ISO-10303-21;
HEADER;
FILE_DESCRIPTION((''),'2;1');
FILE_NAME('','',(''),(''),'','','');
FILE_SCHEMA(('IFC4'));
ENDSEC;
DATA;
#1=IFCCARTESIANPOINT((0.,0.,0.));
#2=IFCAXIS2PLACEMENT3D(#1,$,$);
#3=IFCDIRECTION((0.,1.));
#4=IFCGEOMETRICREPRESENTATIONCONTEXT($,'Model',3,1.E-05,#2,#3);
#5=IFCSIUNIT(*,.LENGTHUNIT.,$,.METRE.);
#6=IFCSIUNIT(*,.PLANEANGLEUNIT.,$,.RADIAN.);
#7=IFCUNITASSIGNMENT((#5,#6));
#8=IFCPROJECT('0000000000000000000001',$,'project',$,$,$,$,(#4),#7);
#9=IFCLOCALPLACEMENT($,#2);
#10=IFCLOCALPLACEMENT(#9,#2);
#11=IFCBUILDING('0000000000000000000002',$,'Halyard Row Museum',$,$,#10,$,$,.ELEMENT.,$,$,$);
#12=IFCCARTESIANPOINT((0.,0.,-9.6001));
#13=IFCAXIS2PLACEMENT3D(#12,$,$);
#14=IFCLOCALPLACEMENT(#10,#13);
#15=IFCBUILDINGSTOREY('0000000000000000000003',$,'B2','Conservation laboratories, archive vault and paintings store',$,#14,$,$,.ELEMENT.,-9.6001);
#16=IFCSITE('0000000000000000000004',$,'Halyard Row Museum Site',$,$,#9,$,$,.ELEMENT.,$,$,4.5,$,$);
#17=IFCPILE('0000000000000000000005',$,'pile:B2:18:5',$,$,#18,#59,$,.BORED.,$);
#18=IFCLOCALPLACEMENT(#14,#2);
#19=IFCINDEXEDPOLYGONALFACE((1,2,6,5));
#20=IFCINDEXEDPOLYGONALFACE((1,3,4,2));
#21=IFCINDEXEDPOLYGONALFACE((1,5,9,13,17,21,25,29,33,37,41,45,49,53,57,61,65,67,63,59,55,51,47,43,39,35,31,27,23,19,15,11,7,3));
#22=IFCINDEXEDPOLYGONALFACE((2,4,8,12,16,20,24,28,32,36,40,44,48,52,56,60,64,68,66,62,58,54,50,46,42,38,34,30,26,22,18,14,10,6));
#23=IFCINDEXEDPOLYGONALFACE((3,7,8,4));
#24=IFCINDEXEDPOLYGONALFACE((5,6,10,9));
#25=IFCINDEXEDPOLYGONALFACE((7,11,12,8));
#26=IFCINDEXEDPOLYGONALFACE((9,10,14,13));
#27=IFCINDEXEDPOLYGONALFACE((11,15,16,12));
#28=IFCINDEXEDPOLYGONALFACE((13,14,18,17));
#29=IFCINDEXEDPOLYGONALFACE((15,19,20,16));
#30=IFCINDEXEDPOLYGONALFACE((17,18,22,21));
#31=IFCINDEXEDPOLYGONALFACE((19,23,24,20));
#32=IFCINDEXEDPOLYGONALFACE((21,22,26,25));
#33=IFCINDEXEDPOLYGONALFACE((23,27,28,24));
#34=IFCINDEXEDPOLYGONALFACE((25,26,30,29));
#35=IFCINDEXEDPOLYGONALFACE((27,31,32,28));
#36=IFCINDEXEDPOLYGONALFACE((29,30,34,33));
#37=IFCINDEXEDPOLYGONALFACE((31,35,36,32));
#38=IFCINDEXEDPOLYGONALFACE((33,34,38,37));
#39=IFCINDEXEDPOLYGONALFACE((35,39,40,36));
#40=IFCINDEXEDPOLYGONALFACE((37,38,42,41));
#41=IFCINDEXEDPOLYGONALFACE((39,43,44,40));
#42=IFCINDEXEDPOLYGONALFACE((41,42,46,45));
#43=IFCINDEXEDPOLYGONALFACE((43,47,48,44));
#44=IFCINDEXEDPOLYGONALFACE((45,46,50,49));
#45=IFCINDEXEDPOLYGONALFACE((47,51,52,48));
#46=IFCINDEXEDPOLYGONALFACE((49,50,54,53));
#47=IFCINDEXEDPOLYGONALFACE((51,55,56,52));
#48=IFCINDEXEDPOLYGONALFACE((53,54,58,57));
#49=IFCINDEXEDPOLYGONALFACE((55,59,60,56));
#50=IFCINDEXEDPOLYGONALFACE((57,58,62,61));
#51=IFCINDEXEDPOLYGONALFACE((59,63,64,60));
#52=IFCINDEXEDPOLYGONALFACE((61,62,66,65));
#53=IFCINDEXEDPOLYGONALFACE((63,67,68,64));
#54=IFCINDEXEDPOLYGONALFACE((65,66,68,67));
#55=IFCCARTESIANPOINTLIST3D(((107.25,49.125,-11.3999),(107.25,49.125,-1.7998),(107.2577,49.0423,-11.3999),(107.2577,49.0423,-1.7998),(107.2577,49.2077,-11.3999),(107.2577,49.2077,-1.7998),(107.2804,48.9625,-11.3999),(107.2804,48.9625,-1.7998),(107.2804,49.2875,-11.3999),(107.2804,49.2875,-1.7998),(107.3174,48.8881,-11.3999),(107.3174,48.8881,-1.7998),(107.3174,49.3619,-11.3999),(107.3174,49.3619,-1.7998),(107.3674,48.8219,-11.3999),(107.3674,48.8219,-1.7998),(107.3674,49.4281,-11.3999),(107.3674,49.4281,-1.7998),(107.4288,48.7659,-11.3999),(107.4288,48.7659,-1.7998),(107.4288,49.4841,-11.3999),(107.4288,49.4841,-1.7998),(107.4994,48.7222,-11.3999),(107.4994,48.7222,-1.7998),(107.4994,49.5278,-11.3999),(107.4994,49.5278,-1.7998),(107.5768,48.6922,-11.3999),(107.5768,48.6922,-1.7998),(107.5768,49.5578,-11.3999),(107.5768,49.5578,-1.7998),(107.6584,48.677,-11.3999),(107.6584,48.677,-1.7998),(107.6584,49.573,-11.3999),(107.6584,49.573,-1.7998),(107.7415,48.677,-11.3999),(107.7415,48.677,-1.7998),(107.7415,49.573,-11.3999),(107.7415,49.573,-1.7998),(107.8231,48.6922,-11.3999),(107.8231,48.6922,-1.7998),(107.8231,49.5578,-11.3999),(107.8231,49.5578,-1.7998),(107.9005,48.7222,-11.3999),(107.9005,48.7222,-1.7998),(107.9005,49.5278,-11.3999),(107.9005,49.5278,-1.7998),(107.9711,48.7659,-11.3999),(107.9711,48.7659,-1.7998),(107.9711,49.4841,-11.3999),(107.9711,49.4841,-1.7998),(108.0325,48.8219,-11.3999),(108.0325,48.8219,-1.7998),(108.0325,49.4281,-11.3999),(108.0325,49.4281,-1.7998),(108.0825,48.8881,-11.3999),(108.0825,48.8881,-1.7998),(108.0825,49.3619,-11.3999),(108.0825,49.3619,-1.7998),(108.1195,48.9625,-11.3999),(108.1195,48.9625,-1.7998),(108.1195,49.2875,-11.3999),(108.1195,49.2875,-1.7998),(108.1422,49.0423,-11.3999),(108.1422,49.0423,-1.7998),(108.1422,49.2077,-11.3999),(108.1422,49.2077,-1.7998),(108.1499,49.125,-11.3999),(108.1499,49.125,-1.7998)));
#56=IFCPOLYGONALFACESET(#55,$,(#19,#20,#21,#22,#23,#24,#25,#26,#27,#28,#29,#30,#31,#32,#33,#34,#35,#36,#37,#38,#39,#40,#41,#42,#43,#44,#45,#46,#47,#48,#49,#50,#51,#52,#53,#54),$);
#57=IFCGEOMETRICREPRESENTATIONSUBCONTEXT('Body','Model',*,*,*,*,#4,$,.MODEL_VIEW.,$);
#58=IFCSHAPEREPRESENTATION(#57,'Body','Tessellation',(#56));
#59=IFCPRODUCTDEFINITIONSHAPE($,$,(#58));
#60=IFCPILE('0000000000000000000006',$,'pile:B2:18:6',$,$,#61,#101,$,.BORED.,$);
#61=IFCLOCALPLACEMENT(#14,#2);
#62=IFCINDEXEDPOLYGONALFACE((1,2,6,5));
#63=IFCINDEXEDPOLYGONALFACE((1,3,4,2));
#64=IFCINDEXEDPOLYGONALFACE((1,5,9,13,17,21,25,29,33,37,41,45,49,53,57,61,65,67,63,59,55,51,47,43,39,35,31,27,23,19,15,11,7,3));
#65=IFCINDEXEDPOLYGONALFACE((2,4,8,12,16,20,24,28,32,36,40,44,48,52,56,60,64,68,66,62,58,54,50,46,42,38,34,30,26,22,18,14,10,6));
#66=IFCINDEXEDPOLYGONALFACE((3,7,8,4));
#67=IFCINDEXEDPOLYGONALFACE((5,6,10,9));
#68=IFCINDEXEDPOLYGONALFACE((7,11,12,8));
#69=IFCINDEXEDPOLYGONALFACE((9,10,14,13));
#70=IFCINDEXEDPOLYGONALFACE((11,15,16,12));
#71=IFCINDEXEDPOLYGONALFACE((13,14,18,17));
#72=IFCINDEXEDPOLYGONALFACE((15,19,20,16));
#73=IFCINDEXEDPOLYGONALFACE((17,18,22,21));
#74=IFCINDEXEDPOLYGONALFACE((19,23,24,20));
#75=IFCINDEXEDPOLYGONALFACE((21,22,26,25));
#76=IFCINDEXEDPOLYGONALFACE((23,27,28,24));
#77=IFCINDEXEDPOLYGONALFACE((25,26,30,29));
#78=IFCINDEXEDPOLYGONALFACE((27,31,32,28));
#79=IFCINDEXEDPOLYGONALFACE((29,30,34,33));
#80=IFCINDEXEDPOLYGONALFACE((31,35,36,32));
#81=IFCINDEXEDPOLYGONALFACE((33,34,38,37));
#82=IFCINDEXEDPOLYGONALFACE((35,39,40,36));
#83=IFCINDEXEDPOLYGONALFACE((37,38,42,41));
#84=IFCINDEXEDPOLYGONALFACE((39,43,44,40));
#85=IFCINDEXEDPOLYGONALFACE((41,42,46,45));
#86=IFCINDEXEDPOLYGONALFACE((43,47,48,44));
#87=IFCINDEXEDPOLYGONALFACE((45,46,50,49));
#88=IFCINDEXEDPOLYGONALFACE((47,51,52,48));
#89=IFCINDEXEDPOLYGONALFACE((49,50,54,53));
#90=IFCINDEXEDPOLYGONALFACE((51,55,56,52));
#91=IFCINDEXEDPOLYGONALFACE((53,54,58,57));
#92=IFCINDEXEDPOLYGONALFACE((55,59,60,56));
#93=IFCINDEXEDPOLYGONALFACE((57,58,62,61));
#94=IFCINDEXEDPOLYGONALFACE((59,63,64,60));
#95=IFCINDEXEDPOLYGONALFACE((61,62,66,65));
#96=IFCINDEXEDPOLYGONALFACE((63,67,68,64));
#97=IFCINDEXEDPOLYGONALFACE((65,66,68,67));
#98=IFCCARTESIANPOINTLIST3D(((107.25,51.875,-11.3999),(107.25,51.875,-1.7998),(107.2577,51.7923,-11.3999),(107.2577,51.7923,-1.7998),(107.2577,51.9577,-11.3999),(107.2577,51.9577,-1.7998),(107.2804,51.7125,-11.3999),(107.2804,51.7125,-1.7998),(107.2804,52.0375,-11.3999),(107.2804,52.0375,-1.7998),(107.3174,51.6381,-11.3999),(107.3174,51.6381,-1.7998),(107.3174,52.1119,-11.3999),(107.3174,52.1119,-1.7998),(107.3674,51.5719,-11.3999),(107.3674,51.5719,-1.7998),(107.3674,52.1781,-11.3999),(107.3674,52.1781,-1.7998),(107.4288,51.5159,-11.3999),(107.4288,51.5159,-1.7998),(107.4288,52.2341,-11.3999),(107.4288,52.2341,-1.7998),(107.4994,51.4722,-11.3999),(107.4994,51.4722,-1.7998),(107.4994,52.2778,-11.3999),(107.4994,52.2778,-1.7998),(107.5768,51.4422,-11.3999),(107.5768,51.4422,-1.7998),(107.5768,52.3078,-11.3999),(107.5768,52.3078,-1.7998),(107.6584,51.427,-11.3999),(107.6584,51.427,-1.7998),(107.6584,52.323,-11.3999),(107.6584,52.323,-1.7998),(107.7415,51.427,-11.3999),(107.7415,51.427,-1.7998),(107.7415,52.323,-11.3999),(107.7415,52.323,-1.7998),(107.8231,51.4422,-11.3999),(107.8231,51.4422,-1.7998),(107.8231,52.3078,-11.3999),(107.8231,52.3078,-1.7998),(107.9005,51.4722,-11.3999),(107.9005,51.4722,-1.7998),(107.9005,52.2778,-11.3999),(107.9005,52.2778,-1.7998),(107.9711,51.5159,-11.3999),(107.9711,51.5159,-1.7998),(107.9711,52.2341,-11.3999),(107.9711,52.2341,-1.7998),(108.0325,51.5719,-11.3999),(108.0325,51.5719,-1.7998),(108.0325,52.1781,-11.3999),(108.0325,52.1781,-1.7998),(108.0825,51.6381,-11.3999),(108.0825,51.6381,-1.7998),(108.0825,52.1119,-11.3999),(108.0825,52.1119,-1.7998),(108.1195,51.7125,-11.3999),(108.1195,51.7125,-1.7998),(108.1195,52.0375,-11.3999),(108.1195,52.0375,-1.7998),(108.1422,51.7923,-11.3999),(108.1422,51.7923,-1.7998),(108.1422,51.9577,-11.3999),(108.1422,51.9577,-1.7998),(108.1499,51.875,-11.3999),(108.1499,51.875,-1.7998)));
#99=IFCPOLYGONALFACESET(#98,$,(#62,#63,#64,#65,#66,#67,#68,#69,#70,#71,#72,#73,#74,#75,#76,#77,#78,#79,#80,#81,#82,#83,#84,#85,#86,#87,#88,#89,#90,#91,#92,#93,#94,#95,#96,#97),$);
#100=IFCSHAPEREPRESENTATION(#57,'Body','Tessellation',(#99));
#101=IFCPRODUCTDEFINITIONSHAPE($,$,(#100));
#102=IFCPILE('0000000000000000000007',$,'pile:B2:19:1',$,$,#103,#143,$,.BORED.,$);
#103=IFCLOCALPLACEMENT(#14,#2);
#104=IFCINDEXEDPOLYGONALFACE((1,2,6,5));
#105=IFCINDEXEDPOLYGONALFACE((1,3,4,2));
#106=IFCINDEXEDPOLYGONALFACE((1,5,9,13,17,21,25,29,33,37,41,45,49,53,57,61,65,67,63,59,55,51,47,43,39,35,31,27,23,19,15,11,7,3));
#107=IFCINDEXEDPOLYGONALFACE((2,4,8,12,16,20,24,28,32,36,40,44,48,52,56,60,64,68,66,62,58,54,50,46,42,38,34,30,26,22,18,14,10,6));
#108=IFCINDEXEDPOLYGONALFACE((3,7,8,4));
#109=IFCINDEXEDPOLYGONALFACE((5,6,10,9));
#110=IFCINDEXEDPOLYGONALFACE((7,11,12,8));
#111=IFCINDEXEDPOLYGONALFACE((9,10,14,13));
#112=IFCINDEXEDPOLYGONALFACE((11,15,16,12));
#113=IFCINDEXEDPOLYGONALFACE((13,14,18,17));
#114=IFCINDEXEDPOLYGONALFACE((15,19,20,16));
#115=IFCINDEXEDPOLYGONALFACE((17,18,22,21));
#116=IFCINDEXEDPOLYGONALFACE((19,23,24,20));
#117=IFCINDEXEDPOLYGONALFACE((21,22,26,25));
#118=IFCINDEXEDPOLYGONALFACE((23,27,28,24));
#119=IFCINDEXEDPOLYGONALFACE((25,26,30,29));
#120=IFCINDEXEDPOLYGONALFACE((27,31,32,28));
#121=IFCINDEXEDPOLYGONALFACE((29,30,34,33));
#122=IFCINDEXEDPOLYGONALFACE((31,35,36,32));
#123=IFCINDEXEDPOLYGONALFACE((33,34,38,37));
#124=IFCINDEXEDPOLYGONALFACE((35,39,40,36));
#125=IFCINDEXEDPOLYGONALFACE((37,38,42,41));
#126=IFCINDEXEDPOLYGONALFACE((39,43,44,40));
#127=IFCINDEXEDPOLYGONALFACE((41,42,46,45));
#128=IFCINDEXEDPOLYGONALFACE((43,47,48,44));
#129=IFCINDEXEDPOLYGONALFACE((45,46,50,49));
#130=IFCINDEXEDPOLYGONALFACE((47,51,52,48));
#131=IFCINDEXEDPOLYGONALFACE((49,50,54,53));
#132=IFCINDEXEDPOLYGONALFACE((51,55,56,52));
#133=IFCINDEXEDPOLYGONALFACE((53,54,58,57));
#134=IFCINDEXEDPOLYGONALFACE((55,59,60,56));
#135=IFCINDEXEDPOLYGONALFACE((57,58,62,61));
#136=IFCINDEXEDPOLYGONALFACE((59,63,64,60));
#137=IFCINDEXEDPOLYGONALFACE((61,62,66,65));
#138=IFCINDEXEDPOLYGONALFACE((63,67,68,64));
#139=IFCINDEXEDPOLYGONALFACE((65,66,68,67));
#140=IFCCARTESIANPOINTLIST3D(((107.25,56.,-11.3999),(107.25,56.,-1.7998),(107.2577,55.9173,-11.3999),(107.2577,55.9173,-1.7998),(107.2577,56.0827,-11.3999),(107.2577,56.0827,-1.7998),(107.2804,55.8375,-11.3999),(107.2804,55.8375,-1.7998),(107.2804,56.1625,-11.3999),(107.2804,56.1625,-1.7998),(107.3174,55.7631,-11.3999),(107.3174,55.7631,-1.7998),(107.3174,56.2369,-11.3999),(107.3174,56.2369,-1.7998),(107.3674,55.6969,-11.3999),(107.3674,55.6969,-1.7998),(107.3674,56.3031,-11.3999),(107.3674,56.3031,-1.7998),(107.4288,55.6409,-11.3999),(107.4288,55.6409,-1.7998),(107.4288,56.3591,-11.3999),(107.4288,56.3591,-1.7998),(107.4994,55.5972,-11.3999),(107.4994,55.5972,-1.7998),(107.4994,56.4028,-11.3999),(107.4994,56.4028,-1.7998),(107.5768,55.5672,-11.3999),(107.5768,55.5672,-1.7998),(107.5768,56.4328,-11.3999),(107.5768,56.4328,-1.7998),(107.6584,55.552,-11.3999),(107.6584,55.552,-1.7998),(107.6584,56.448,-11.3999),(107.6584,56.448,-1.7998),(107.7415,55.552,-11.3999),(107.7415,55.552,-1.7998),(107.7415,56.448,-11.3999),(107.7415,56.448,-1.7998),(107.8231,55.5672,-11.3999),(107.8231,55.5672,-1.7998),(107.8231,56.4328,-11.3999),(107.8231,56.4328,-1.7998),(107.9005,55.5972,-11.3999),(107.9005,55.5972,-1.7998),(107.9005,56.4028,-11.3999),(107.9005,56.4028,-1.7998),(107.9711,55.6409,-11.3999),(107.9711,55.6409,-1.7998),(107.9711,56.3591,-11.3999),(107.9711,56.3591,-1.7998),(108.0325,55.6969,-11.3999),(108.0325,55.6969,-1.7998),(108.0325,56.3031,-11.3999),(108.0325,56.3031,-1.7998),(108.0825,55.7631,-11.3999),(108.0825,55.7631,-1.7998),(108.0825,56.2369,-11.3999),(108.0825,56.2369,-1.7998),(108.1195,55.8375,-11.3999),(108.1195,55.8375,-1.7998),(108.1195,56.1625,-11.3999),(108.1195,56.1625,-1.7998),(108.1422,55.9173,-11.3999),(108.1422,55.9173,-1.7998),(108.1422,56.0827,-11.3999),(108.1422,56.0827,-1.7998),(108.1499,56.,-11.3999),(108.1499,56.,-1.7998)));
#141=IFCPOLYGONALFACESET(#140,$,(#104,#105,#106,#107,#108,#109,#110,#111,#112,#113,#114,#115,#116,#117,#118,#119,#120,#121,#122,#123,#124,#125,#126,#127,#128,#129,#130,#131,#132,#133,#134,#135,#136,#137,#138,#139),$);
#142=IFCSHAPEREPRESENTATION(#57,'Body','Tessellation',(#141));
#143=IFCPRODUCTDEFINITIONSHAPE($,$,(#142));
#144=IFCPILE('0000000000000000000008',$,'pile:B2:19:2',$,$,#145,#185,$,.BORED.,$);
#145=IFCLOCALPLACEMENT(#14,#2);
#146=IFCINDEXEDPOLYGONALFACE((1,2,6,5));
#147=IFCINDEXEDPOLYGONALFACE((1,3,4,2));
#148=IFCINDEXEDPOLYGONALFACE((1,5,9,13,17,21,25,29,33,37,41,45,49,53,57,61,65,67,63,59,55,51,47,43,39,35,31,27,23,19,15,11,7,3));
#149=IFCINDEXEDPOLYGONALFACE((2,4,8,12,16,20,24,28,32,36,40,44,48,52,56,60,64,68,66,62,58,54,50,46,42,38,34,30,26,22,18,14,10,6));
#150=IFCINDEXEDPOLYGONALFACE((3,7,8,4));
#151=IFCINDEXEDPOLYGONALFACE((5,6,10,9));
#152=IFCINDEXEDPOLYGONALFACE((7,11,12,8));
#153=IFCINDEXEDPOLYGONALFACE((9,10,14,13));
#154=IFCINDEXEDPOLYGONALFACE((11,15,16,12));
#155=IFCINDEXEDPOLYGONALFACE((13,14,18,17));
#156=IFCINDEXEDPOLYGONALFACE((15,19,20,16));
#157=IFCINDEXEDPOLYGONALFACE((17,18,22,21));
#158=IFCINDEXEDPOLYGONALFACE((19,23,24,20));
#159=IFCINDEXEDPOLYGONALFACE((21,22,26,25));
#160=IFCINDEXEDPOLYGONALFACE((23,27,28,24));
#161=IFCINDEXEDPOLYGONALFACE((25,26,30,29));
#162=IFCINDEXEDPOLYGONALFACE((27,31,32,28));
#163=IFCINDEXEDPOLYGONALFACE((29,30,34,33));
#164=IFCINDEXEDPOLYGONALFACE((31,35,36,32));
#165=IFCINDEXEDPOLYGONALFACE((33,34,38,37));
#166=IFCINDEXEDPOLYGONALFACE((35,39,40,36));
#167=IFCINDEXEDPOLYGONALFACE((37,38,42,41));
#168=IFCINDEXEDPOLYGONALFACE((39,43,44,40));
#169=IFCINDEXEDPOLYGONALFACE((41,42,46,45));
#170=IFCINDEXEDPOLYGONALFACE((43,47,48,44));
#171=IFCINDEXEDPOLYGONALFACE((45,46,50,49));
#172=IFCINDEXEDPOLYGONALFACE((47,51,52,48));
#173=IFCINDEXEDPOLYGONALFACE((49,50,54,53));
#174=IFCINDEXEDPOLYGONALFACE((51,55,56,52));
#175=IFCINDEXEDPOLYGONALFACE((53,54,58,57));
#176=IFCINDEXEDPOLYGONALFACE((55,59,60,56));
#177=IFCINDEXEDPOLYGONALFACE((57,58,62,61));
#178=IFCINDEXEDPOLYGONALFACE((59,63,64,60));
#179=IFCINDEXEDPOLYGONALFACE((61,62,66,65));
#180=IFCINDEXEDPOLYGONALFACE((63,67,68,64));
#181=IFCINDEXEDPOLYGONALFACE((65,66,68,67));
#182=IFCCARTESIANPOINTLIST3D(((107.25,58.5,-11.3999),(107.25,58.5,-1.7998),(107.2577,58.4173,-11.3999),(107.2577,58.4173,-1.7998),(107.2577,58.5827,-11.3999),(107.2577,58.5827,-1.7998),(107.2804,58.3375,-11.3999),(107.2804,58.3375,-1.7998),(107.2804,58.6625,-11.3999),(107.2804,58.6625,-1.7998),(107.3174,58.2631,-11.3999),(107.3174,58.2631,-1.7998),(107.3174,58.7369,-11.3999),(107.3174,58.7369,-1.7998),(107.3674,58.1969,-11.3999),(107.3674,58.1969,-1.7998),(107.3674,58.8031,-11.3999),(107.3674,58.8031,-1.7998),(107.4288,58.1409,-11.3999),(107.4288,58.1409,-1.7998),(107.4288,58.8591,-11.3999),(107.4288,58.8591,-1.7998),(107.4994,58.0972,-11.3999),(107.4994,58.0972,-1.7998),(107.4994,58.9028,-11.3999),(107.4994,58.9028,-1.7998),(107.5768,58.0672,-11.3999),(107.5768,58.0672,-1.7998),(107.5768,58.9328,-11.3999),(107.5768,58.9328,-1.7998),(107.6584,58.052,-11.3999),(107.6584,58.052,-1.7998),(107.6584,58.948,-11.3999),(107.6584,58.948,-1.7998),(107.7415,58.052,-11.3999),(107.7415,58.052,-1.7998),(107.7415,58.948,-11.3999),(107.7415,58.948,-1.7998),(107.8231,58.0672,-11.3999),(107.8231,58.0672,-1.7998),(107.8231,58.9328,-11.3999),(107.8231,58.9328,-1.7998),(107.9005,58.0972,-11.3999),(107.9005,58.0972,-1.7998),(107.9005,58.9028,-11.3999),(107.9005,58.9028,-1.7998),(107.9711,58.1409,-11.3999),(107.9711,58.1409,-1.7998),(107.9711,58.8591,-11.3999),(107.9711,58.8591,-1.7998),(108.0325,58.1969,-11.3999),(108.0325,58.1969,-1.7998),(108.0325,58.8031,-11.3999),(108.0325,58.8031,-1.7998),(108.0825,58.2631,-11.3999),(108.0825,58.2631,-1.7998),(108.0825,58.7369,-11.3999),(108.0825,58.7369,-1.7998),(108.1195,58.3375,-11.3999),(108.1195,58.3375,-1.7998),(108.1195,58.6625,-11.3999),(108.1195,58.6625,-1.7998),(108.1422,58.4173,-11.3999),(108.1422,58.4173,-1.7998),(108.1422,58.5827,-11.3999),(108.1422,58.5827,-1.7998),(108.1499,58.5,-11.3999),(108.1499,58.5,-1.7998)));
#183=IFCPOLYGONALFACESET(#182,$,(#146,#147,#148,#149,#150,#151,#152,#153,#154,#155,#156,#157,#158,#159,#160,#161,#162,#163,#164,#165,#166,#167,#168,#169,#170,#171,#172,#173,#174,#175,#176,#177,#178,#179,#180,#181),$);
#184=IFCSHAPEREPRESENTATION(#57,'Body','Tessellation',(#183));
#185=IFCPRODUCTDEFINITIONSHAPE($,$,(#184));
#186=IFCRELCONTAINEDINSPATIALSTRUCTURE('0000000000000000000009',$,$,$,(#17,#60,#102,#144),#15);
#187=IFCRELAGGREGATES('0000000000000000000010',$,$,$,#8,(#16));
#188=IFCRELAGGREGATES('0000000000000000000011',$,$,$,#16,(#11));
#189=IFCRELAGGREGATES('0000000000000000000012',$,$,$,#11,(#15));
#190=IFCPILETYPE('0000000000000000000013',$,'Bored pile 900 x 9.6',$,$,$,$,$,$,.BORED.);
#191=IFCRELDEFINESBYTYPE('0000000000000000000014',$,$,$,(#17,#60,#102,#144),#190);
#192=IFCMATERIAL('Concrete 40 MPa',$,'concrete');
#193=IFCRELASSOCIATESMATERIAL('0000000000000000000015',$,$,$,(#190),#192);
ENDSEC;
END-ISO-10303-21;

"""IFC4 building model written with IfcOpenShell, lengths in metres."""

from ifc_helpers import new_model, si_unit, direction, frame, origin, origin_2d, place, context, subcontext, project, spatial, circle, extrude, material, material_profile, profile_set, type_object, element, save


model = new_model("IFC4")

# Units and contexts
model_context = context("Model", 3, precision=1e-05, world=origin(), true_north=direction((0.0, 1.0)))
body_context = subcontext(model_context, "Body", "Model", "MODEL_VIEW")
ifc_project = project(units=[si_unit("LENGTHUNIT", "METRE"), si_unit("PLANEANGLEUNIT", "RADIAN")], contexts=[model_context])

# Site, building, storey
site_placement = place(None, origin())
site = spatial("IfcSite", under=ifc_project, at=site_placement, Name="Halyard Row Museum Site", CompositionType="ELEMENT", RefElevation=4.5)
building_placement = place(site_placement, origin())
building = spatial("IfcBuilding", under=site, at=building_placement, Name="Halyard Row Museum", CompositionType="ELEMENT")
storey_placement = place(building_placement, frame((0.0, 0.0, -9.6001)))
storey = spatial("IfcBuildingStorey", under=building, at=storey_placement, Name="B2", Description="Conservation laboratories, archive vault and paintings store", CompositionType="ELEMENT", Elevation=-9.6001)

# Piles
ifc_material_1 = material(Name="Concrete 40 MPa", Category="concrete")
ifc_material_profile_1 = material_profile(ifc_material_1, circle(Radius=0.45, at=origin_2d()), Name="Bored pile 900 x 9.6")
ifc_profile_set_1 = profile_set([ifc_material_profile_1], Name="Concrete 40 MPa")
pile_type_1 = type_object("IfcPileType", Name="Bored pile 900 x 9.6", PredefinedType="BORED", material=ifc_profile_set_1)
for number, where, z_axis, x_axis, name in (
    (1, (107.7, 49.125, -1.7998), (0.0, 0.0, -1.0), (1.0, 0.0, 0.0), "pile:B2:18:5"),
    (2, (107.7, 51.875, -1.7998), (0.0, 0.0, -1.0), (1.0, 0.0, 0.0), "pile:B2:18:6"),
    (3, (107.7, 56.0, -1.7998), (0.0, 0.0, -1.0), (1.0, 0.0, 0.0), "pile:B2:19:1"),
    (4, (107.7, 58.5, -1.7998), (0.0, 0.0, -1.0), (1.0, 0.0, 0.0), "pile:B2:19:2"),
):
    element("IfcPile", number, at=place(storey_placement, frame(where, z_axis=z_axis, x_axis=x_axis)), inside=storey, type_object=pile_type_1, Name=name, PredefinedType="BORED", context=body_context, shape_type="SweptSolid", body=[
        extrude(circle(Radius=0.45, at=origin_2d()), origin(), (0.0, 0.0, 1.0), 9.6001),
    ])

save(model, "model.ifc")
